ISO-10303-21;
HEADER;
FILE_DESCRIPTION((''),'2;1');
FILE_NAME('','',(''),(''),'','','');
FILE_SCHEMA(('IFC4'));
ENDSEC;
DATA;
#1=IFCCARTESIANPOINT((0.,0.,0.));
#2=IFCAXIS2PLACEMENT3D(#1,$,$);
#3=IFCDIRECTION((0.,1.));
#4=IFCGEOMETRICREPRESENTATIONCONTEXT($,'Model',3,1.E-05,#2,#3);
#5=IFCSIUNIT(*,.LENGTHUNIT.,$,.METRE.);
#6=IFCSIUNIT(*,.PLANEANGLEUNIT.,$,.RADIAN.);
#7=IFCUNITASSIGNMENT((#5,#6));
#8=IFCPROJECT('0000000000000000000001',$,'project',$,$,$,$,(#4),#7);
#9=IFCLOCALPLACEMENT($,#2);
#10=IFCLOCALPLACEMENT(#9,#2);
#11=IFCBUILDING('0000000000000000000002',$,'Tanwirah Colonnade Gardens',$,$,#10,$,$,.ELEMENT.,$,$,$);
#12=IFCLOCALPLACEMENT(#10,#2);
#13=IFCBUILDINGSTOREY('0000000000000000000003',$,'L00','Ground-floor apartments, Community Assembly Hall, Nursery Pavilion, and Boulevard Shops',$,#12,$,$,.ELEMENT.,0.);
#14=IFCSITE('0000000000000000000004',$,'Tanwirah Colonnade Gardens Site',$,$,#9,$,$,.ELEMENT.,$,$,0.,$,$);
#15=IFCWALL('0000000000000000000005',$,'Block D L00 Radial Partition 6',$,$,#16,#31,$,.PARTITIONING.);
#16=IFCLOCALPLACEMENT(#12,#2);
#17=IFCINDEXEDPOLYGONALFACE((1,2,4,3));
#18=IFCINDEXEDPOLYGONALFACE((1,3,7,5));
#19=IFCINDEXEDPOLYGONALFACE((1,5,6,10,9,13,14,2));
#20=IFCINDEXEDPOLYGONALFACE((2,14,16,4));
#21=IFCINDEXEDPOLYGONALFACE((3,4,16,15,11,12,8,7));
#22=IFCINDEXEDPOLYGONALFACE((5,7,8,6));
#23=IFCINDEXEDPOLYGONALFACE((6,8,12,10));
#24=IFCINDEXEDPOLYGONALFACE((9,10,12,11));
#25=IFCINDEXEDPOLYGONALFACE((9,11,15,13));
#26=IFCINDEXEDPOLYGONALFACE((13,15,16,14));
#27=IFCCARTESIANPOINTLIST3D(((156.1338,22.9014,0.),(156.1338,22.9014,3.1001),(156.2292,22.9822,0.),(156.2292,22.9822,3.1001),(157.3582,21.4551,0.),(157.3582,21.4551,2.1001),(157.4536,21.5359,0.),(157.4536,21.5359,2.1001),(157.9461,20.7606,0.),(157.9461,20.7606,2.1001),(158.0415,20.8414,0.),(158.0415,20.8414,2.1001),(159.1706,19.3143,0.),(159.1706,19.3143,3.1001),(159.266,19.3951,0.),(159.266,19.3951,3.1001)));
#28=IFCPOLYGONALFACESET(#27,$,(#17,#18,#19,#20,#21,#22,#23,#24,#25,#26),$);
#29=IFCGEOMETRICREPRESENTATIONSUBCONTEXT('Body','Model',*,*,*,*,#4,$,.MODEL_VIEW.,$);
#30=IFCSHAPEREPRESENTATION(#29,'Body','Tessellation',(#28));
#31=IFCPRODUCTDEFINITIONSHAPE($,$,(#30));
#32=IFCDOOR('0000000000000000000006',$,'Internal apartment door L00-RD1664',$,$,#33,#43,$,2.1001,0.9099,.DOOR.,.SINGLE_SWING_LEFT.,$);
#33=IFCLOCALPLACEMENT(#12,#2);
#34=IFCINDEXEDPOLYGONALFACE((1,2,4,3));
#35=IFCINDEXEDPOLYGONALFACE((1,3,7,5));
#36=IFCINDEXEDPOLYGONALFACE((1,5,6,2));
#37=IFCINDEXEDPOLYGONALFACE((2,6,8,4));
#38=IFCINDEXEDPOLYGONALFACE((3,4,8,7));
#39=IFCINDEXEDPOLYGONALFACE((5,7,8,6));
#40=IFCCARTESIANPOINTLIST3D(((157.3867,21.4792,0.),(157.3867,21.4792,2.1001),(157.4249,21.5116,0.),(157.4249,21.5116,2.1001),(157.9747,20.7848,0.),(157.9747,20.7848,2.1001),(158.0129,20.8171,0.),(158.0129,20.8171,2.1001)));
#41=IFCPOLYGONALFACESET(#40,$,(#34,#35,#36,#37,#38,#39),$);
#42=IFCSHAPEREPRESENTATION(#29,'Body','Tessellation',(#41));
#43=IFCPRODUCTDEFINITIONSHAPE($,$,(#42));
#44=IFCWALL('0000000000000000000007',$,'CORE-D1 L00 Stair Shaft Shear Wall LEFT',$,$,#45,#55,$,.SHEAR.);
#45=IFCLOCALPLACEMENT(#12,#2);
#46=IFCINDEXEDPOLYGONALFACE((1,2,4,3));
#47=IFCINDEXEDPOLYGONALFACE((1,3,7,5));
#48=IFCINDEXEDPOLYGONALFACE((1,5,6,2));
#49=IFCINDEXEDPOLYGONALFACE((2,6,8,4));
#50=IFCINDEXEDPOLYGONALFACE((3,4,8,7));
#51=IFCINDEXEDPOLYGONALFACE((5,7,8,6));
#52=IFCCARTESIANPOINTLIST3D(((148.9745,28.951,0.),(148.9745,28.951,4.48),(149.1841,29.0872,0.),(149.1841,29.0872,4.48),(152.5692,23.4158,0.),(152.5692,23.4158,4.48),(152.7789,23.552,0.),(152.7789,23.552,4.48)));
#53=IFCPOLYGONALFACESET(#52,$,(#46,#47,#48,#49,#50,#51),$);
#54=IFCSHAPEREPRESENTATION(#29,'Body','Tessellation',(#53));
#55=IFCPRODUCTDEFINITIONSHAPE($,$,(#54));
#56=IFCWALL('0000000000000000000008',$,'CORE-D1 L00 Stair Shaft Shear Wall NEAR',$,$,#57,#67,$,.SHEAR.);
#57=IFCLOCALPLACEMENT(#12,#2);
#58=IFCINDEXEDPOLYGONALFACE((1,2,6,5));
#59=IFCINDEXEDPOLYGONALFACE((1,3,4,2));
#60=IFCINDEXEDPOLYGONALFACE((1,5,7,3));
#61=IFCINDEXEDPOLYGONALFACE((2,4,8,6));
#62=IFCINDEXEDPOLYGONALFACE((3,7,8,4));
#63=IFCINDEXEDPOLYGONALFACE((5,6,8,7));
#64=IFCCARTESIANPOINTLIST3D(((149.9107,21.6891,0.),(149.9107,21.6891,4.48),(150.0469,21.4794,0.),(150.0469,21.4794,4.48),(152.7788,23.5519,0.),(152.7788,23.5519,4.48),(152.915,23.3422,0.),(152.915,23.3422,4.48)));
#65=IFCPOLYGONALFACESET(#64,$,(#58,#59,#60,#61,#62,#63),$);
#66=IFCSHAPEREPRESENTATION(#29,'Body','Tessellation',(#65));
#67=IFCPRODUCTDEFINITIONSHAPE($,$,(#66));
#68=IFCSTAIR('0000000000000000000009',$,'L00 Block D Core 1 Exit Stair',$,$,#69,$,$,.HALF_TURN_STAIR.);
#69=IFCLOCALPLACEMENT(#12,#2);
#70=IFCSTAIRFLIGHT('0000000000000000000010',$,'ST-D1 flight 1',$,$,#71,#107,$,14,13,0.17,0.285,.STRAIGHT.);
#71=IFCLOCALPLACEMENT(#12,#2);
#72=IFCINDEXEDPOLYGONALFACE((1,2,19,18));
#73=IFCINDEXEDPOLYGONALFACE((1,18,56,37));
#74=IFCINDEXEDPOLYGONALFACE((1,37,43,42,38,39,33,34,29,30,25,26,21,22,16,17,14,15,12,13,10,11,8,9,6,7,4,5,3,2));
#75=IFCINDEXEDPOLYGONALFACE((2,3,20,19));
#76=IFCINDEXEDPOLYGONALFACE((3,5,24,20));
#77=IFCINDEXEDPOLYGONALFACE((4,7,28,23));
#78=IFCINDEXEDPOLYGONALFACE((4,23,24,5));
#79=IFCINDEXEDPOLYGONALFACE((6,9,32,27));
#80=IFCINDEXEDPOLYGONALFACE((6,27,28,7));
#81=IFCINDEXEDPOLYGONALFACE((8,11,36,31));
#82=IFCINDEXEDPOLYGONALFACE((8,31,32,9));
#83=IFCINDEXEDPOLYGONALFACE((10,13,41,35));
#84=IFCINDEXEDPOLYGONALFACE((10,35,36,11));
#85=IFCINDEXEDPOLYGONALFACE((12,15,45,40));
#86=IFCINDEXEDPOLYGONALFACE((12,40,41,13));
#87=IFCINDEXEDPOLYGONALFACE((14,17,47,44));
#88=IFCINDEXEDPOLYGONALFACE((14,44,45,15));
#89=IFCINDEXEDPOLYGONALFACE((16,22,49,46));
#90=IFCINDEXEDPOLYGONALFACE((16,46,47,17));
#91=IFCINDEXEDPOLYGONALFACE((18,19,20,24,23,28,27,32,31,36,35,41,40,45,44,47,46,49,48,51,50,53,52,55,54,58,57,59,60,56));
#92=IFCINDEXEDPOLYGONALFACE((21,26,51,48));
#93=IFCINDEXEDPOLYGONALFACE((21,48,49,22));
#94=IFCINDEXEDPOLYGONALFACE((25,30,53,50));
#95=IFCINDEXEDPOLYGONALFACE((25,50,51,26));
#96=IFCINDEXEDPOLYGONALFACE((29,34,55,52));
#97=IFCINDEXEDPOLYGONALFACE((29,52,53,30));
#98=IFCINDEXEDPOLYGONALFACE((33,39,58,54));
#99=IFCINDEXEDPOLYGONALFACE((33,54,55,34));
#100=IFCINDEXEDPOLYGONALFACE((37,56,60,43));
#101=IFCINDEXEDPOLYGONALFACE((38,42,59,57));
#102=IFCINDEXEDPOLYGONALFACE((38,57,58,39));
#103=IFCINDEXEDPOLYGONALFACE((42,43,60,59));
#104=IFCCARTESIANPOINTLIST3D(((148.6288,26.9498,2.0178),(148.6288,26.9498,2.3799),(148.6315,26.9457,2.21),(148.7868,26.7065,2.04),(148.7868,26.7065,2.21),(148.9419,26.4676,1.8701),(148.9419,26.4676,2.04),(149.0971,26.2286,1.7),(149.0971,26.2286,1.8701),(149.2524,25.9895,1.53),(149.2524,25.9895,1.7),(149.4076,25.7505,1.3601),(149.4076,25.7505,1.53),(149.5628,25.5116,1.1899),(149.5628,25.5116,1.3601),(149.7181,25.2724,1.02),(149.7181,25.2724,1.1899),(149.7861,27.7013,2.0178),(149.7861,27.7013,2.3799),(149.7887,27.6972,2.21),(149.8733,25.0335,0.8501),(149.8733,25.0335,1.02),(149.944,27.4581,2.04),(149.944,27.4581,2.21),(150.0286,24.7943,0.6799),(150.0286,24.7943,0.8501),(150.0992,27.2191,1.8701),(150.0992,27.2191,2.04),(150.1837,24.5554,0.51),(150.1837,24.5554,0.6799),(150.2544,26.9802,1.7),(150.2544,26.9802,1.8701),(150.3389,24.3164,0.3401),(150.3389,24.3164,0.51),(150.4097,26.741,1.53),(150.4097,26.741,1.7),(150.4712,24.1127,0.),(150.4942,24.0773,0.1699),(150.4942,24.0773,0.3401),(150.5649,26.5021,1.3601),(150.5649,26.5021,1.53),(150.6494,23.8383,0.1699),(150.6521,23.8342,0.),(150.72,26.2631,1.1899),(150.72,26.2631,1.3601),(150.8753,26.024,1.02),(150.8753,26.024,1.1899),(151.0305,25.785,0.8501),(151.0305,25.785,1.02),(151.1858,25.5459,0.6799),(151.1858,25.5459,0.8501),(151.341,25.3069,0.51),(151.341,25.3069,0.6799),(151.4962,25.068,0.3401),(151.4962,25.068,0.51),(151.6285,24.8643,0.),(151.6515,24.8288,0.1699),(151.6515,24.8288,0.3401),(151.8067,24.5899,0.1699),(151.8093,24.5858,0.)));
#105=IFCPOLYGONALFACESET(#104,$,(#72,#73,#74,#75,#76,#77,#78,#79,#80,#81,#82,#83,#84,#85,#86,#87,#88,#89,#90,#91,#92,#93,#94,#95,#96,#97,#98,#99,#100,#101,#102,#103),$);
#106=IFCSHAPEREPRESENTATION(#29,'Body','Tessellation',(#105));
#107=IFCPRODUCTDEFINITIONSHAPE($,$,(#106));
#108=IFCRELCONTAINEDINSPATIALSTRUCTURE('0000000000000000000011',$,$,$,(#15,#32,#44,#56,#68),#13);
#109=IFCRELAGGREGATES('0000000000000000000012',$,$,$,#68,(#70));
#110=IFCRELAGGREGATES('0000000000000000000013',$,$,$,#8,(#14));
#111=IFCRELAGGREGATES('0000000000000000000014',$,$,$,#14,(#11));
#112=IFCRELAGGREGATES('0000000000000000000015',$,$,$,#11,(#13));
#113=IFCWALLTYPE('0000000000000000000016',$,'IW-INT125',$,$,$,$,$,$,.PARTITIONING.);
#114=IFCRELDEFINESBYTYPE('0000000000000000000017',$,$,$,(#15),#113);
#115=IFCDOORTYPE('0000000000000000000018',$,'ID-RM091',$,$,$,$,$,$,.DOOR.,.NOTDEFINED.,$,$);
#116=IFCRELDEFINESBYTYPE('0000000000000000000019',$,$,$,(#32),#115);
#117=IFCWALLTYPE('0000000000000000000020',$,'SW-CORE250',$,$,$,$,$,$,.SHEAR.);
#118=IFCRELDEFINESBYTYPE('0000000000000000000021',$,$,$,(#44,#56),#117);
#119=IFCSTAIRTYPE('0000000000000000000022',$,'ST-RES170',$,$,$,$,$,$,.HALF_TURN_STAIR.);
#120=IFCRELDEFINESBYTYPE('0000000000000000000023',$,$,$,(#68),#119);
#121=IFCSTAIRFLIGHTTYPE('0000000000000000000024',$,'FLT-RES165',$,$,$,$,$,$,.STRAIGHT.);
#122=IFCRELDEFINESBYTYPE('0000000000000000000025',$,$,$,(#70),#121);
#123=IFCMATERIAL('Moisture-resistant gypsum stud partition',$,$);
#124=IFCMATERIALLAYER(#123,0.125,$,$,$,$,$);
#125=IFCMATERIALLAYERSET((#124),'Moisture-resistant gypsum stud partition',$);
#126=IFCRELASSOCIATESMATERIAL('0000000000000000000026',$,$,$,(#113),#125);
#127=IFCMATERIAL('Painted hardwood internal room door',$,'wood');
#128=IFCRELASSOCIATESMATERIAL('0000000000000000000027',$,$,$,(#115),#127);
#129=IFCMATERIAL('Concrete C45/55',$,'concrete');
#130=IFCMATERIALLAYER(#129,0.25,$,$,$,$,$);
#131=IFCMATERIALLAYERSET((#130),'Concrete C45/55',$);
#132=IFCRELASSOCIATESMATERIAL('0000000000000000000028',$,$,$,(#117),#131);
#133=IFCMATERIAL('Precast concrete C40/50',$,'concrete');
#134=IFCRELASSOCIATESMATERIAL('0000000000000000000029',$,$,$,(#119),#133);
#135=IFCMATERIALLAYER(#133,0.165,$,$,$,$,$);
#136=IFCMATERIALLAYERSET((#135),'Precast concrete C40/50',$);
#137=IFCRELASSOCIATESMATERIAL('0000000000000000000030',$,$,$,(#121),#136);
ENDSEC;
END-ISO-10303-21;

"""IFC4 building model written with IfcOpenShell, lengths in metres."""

from ifc_helpers import new_model, si_unit, direction, frame, frame_2d, origin, place, context, subcontext, project, spatial, polyline, rectangle, outline, extrude, material, layer, layer_set, type_object, element, fill, aggregate, save


model = new_model("IFC4")

# Units and contexts
model_context = context("Model", 3, precision=1e-05, world=origin(), true_north=direction((0.0, 1.0)))
body_context = subcontext(model_context, "Body", "Model", "MODEL_VIEW")
ifc_project = project(units=[si_unit("LENGTHUNIT", "METRE"), si_unit("PLANEANGLEUNIT", "RADIAN")], contexts=[model_context])

# Site, building, storey
site_placement = place(None, origin())
site = spatial("IfcSite", under=ifc_project, at=site_placement, Name="Tanwirah Colonnade Gardens Site", CompositionType="ELEMENT", RefElevation=0.0)
building_placement = place(site_placement, origin())
building = spatial("IfcBuilding", under=site, at=building_placement, Name="Tanwirah Colonnade Gardens", CompositionType="ELEMENT")
storey_placement = place(building_placement, origin())
storey = spatial("IfcBuildingStorey", under=building, at=storey_placement, Name="L00", Description="Ground-floor apartments, Community Assembly Hall, Nursery Pavilion, and Boulevard Shops", CompositionType="ELEMENT", Elevation=0.0)

# Shared definitions
ifc_material_1 = material(Name="Precast concrete C40/50", Category="concrete")

# Wall, opening, door
ifc_material_2 = material(Name="Moisture-resistant gypsum stud partition")
ifc_layer_1 = layer(ifc_material_2, 0.125)
ifc_layer_set_1 = layer_set([ifc_layer_1], Name="Moisture-resistant gypsum stud partition")
wall_type_1 = type_object("IfcWallType", Name="IW-INT125", PredefinedType="PARTITIONING", material=ifc_layer_set_1)
wall_1_placement = place(storey_placement, frame((156.1814, 22.9419, 0.0), z_axis=(0.0, 0.0, 1.0), x_axis=(0.646138, -0.763221, 0.0)))
wall_1 = element("IfcWall", 1, at=wall_1_placement, inside=storey, type_object=wall_type_1, Name="Block D L00 Radial Partition 6", PredefinedType="PARTITIONING", context=body_context, shape_type="SweptSolid", body=[
    extrude(rectangle(XDim=4.7, YDim=0.125, at=frame_2d((2.3501, 0.0))), origin(), (0.0, 0.0, 1.0), 3.1001),
])
opening_1_placement = place(wall_1_placement, frame((1.895, 0.0, 0.0)))
opening_1 = element("IfcOpeningElement", 2, at=opening_1_placement, cuts=wall_1, PredefinedType="OPENING", context=body_context, shape_type="SweptSolid", body=[
    extrude(rectangle(XDim=0.9099, YDim=2.1001, at=frame_2d((0.4551, 1.05))), frame((0.0, 0.0725, 0.0), z_axis=(0.0, -1.0, 0.0), x_axis=(1.0, 0.0, 0.0)), (0.0, 0.0, 1.0), 0.145),
])
ifc_material_3 = material(Name="Painted hardwood internal room door", Category="wood")
door_type_1 = type_object("IfcDoorType", Name="ID-RM091", OperationType="NOTDEFINED", PredefinedType="DOOR", material=ifc_material_3)
door_1_placement = place(opening_1_placement, origin())
door_1 = element("IfcDoor", 3, at=door_1_placement, inside=storey, type_object=door_type_1, Name="Internal apartment door L00-RD1664", OperationType="SINGLE_SWING_LEFT", OverallHeight=2.1001, OverallWidth=0.9099, PredefinedType="DOOR", context=body_context, shape_type="SweptSolid", body=[
    extrude(rectangle(XDim=0.9099, YDim=2.1001, at=frame_2d((0.4551, 1.05))), frame((0.0, 0.0249, 0.0), z_axis=(0.0, -1.0, 0.0), x_axis=(1.0, 0.0, 0.0)), (0.0, 0.0, 1.0), 0.05),
])
fill(opening_1, door_1)

# Walls
ifc_material_4 = material(Name="Concrete C45/55", Category="concrete")
ifc_layer_2 = layer(ifc_material_4, 0.25)
ifc_layer_set_2 = layer_set([ifc_layer_2], Name="Concrete C45/55")
wall_type_2 = type_object("IfcWallType", Name="SW-CORE250", PredefinedType="SHEAR", material=ifc_layer_set_2)
wall_2_placement = place(storey_placement, frame((152.6741, 23.4839, 0.0), z_axis=(0.0, 0.0, 1.0), x_axis=(-0.544655, 0.83866, 0.0)))
element("IfcWall", 4, at=wall_2_placement, inside=storey, type_object=wall_type_2, Name="CORE-D1 L00 Stair Shaft Shear Wall LEFT", PredefinedType="SHEAR", context=body_context, shape_type="SweptSolid", body=[
    extrude(rectangle(XDim=6.6001, YDim=0.25, at=frame_2d((3.3, 0.0))), origin(), (0.0, 0.0, 1.0), 4.48),
])
wall_3_placement = place(storey_placement, frame((152.8469, 23.447, 0.0), z_axis=(0.0, 0.0, 1.0), x_axis=(-0.838646, -0.544677, 0.0)))
element("IfcWall", 5, at=wall_3_placement, inside=storey, type_object=wall_type_2, Name="CORE-D1 L00 Stair Shaft Shear Wall NEAR", PredefinedType="SHEAR", context=body_context, shape_type="SweptSolid", body=[
    extrude(rectangle(XDim=3.4199, YDim=0.25, at=frame_2d((1.71, 0.0))), origin(), (0.0, 0.0, 1.0), 4.48),
])

# Stair, stair flight
stair_type = type_object("IfcStairType", Name="ST-RES170", PredefinedType="HALF_TURN_STAIR", material=ifc_material_1)
stair_placement = place(storey_placement, origin())
stair = element("IfcStair", 6, at=stair_placement, inside=storey, type_object=stair_type, Name="L00 Block D Core 1 Exit Stair", PredefinedType="HALF_TURN_STAIR")
ifc_layer_3 = layer(ifc_material_1, 0.165)
ifc_layer_set_3 = layer_set([ifc_layer_3], Name="Precast concrete C40/50")
stair_flight_type = type_object("IfcStairFlightType", Name="FLT-RES165", PredefinedType="STRAIGHT", material=ifc_layer_set_3)
stair_flight_placement = place(storey_placement, frame((151.228, 24.2141, 0.0), z_axis=(0.0, 0.0, 1.0), x_axis=(-0.544639, 0.838671, 0.0)))
stair_flight = element("IfcStairFlight", 7, at=stair_flight_placement, type_object=stair_flight_type, Name="ST-D1 flight 1", NumberOfRisers=14, NumberOfTreads=13, PredefinedType="STRAIGHT", RiserHeight=0.17, TreadLength=0.285, context=body_context, shape_type="SweptSolid", body=[
    extrude(outline(polyline([(-0.0049, 0.0), (0.0, 0.1699), (0.2849, 0.1699), (0.2849, 0.3401), (0.5701, 0.3401), (0.5701, 0.51), (0.855, 0.51), (0.855, 0.6799), (1.1399, 0.6799), (1.1399, 0.8501), (1.425, 0.8501), (1.425, 1.02), (1.71, 1.02), (1.71, 1.1899), (1.9951, 1.1899), (1.9951, 1.3601), (2.28, 1.3601), (2.28, 1.53), (2.5649, 1.53), (2.5649, 1.7), (2.8501, 1.7), (2.8501, 1.8701), (3.135, 1.8701), (3.135, 2.04), (3.4199, 2.04), (3.4199, 2.21), (3.7051, 2.21), (3.71, 2.3799), (3.71, 2.0178), (0.3271, 0.0), (-0.0049, 0.0)])), frame((0.0, 0.6899, 0.0), z_axis=(0.0, -1.0, 0.0), x_axis=(1.0, 0.0, 0.0)), (0.0, 0.0, 1.0), 1.3799),
])
aggregate(stair, [stair_flight])

save(model, "model.ifc")
